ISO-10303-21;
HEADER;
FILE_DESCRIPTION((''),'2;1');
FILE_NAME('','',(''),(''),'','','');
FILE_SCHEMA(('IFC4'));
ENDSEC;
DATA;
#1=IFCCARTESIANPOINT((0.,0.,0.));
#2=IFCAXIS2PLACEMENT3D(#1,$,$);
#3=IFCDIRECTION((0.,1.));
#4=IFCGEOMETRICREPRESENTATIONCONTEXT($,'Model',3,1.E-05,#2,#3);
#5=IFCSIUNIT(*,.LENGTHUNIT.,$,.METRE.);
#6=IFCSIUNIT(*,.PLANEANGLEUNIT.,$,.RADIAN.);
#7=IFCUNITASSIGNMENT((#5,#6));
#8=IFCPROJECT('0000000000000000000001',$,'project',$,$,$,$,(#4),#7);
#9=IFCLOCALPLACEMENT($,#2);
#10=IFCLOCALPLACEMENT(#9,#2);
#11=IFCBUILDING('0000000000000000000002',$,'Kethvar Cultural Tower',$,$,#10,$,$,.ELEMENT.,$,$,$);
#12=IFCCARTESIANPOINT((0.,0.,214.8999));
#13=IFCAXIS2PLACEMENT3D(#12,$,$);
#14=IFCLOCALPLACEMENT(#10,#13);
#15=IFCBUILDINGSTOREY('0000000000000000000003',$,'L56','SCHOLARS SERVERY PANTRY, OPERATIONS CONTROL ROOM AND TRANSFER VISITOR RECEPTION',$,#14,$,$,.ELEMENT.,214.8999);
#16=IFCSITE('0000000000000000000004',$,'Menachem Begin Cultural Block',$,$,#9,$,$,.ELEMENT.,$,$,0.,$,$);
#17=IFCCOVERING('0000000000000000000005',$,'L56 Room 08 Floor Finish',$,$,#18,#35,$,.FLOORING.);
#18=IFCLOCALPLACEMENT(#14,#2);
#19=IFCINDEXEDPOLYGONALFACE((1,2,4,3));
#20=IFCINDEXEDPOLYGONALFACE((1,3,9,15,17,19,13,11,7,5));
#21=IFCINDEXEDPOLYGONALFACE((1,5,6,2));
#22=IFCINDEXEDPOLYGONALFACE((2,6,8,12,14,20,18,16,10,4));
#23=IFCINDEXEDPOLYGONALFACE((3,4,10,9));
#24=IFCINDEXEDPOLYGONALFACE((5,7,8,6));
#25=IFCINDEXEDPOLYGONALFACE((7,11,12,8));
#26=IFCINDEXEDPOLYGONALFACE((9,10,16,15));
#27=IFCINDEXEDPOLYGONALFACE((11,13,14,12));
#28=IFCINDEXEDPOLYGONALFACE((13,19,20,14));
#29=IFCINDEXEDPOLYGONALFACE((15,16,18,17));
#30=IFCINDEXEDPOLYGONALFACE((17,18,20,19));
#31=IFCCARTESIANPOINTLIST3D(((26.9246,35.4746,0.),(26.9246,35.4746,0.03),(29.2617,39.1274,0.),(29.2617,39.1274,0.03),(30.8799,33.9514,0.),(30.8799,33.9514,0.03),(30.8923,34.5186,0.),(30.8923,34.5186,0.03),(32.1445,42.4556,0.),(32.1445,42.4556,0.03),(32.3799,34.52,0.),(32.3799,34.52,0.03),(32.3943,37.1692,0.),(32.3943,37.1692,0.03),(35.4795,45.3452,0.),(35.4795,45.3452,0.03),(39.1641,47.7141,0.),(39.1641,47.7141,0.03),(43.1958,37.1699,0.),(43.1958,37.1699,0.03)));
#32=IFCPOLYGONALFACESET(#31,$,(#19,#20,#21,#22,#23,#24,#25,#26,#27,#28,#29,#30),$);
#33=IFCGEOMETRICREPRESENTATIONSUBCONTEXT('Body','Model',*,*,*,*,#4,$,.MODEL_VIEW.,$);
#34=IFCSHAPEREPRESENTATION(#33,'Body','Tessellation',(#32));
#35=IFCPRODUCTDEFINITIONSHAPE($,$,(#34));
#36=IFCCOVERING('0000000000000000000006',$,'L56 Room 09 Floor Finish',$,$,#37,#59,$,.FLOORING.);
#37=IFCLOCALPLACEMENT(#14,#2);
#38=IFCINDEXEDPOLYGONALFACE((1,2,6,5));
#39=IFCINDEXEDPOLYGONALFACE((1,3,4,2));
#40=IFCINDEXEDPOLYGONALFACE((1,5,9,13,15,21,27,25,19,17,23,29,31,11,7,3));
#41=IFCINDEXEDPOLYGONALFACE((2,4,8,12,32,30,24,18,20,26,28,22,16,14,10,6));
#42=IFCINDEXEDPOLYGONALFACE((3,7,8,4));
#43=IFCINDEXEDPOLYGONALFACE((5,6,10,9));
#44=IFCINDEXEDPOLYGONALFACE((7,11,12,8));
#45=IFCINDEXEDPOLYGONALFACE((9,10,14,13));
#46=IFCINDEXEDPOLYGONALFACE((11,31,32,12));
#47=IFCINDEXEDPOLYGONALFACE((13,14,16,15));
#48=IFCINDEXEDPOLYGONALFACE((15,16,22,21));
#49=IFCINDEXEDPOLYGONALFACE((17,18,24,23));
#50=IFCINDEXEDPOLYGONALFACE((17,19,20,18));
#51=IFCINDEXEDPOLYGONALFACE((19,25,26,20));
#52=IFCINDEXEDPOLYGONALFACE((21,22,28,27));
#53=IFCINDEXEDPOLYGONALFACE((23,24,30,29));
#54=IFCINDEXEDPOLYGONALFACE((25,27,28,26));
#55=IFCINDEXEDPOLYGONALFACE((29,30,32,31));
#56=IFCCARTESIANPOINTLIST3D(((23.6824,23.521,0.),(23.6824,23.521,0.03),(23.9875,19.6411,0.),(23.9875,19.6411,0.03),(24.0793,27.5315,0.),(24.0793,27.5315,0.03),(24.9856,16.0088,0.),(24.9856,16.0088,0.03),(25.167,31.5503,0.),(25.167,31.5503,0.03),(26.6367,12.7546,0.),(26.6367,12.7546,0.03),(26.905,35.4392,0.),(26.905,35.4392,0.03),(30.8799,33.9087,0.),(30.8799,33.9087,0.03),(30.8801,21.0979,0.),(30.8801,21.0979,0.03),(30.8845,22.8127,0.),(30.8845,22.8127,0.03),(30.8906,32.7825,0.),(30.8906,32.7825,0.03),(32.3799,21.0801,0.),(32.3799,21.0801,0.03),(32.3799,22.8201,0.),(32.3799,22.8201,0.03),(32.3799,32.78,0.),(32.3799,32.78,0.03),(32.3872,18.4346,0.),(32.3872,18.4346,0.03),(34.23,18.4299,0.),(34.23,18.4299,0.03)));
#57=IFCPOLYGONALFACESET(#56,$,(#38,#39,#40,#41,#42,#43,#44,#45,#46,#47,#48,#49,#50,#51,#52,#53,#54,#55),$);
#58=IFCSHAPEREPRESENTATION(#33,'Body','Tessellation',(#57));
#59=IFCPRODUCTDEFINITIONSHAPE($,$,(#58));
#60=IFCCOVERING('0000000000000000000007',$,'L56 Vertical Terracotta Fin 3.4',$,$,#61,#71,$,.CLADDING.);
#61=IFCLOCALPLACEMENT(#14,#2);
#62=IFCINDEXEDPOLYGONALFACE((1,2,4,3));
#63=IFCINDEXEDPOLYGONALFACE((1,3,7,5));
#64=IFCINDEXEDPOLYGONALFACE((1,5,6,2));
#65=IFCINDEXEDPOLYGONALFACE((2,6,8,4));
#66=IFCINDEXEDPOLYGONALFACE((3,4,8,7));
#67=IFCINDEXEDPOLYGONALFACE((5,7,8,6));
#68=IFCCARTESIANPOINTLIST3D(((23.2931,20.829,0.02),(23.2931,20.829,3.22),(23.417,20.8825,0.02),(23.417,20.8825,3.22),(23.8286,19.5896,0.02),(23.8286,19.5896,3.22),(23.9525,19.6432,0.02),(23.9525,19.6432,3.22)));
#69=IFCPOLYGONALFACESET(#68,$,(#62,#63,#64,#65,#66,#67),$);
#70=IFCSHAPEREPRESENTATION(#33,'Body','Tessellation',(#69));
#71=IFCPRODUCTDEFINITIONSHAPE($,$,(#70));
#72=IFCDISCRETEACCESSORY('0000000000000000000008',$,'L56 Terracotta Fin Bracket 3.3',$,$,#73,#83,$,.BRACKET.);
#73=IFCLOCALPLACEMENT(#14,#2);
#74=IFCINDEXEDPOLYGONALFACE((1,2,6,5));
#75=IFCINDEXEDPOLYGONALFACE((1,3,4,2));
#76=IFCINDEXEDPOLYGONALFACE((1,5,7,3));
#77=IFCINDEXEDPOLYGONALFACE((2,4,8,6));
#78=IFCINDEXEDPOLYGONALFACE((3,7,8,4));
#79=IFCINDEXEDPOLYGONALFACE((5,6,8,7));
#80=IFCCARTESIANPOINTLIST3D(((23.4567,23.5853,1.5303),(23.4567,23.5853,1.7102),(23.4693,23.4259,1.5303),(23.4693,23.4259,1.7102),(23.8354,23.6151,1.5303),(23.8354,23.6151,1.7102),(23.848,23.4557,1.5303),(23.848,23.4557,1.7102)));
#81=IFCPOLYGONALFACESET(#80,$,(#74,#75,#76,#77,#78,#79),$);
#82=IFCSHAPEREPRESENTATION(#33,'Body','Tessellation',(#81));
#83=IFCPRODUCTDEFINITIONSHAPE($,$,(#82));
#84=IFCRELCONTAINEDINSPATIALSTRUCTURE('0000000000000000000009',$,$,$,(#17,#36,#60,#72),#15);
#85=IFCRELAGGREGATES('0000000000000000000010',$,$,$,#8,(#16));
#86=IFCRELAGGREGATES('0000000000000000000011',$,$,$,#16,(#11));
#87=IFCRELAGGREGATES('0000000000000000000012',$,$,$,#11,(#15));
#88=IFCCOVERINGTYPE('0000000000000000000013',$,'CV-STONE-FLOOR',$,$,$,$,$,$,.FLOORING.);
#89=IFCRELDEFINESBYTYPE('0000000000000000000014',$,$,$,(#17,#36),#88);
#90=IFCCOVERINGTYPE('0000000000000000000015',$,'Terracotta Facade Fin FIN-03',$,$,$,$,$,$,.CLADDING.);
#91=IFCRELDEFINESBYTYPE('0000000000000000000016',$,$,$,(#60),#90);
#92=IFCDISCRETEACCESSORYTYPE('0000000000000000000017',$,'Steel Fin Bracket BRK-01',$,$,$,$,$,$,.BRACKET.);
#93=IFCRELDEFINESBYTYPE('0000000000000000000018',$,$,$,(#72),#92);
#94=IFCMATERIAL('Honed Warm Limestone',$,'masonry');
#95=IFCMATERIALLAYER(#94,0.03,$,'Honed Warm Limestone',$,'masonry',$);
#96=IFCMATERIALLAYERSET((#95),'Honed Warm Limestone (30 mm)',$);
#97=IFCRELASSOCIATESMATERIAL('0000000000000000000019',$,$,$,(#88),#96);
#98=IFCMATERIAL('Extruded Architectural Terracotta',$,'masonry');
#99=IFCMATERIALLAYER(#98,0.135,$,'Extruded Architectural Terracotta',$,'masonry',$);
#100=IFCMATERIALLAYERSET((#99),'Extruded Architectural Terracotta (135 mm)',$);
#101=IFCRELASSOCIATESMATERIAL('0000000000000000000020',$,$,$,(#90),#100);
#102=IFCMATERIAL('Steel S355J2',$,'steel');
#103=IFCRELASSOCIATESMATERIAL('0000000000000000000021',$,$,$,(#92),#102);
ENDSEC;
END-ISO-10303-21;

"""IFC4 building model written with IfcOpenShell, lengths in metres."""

from ifc_helpers import new_model, si_unit, direction, frame, origin, origin_2d, place, context, subcontext, project, spatial, polyline, rectangle, outline, extrude, source, transform, mapped, material, layer, layer_set, type_object, element, save


model = new_model("IFC4")

# Units and contexts
model_context = context("Model", 3, precision=1e-05, world=origin(), true_north=direction((0.0, 1.0)))
body_context = subcontext(model_context, "Body", "Model", "MODEL_VIEW")
ifc_project = project(units=[si_unit("LENGTHUNIT", "METRE"), si_unit("PLANEANGLEUNIT", "RADIAN")], contexts=[model_context])

# Site, building, storey
site_placement = place(None, origin())
site = spatial("IfcSite", under=ifc_project, at=site_placement, Name="Menachem Begin Cultural Block", CompositionType="ELEMENT", RefElevation=0.0)
building_placement = place(site_placement, origin())
building = spatial("IfcBuilding", under=site, at=building_placement, Name="Kethvar Cultural Tower", CompositionType="ELEMENT")
storey_placement = place(building_placement, frame((0.0, 0.0, 214.8999)))
storey = spatial("IfcBuildingStorey", under=building, at=storey_placement, Name="L56", Description="SCHOLARS SERVERY PANTRY, OPERATIONS CONTROL ROOM AND TRANSFER VISITOR RECEPTION", CompositionType="ELEMENT", Elevation=214.8999)

# Coverings
ifc_material_1 = material(Name="Honed Warm Limestone", Category="masonry")
ifc_layer_1 = layer(ifc_material_1, 0.03, Name="Honed Warm Limestone", Category="masonry")
ifc_layer_set_1 = layer_set([ifc_layer_1], Name="Honed Warm Limestone (30 mm)")
covering_type_1 = type_object("IfcCoveringType", Name="CV-STONE-FLOOR", PredefinedType="FLOORING", material=ifc_layer_set_1)
covering_1_placement = place(storey_placement, origin())
element("IfcCovering", 1, at=covering_1_placement, inside=storey, type_object=covering_type_1, Name="L56 Room 08 Floor Finish", PredefinedType="FLOORING", context=body_context, shape_type="SweptSolid", body=[
    extrude(outline(polyline([(29.2617, 39.1274), (32.1445, 42.4556), (35.4795, 45.3452), (39.1641, 47.7141), (43.1958, 37.1699), (32.3943, 37.1692), (32.3799, 34.52), (30.8923, 34.5186), (30.8799, 33.9514), (26.9246, 35.4746), (29.2617, 39.1274)])), origin(), (0.0, 0.0, 1.0), 0.03),
])
covering_2_placement = place(storey_placement, origin())
element("IfcCovering", 2, at=covering_2_placement, inside=storey, type_object=covering_type_1, Name="L56 Room 09 Floor Finish", PredefinedType="FLOORING", context=body_context, shape_type="SweptSolid", body=[
    extrude(outline(polyline([(24.9856, 16.0088), (23.9875, 19.6411), (23.6824, 23.521), (24.0793, 27.5315), (25.167, 31.5503), (26.905, 35.4392), (30.8799, 33.9087), (30.8906, 32.7825), (32.3799, 32.78), (32.3799, 22.8201), (30.8845, 22.8127), (30.8801, 21.0979), (32.3799, 21.0801), (32.3872, 18.4346), (34.23, 18.4299), (26.6367, 12.7546), (24.9856, 16.0088)])), origin(), (0.0, 0.0, 1.0), 0.03),
])
ifc_material_2 = material(Name="Extruded Architectural Terracotta", Category="masonry")
ifc_layer_2 = layer(ifc_material_2, 0.135, Name="Extruded Architectural Terracotta", Category="masonry")
ifc_layer_set_2 = layer_set([ifc_layer_2], Name="Extruded Architectural Terracotta (135 mm)")
covering_type_2 = type_object("IfcCoveringType", Name="Terracotta Facade Fin FIN-03", PredefinedType="CLADDING", material=ifc_layer_set_2)
shared_shape_1 = source(origin(), body_context, "Body", "SweptSolid", [
    extrude(rectangle(XDim=1.3501, YDim=0.135, at=origin_2d()), origin(), (0.0, 0.0, 1.0), 3.2),
])
covering_3_placement = place(storey_placement, frame((23.6228, 20.2361, 0.02), z_axis=(0.0, 0.0, 1.0), x_axis=(-0.396667, 0.917962, 0.0)))
element("IfcCovering", 3, at=covering_3_placement, inside=storey, type_object=covering_type_2, Name="L56 Vertical Terracotta Fin 3.4", PredefinedType="CLADDING", context=body_context, shape_type="MappedRepresentation", body=[
    mapped(shared_shape_1, transform((0.0, 0.0, 0.0), scale=1.0)),
])

# Discrete accessory
ifc_material_3 = material(Name="Steel S355J2", Category="steel")
discrete_accessory_type = type_object("IfcDiscreteAccessoryType", Name="Steel Fin Bracket BRK-01", PredefinedType="BRACKET", material=ifc_material_3)
shared_shape_2 = source(origin(), body_context, "Body", "SweptSolid", [
    extrude(rectangle(XDim=0.3799, YDim=0.1599, at=origin_2d()), origin(), (0.0, 0.0, 1.0), 0.1799),
])
discrete_accessory_placement = place(storey_placement, frame((23.6523, 23.5205, 1.5303), z_axis=(0.0, 0.0, 1.0), x_axis=(-0.996917, -0.078459, 0.0)))
element("IfcDiscreteAccessory", 4, at=discrete_accessory_placement, inside=storey, type_object=discrete_accessory_type, Name="L56 Terracotta Fin Bracket 3.3", PredefinedType="BRACKET", context=body_context, shape_type="MappedRepresentation", body=[
    mapped(shared_shape_2, transform((0.0, 0.0, 0.0), scale=1.0)),
])

save(model, "model.ifc")
